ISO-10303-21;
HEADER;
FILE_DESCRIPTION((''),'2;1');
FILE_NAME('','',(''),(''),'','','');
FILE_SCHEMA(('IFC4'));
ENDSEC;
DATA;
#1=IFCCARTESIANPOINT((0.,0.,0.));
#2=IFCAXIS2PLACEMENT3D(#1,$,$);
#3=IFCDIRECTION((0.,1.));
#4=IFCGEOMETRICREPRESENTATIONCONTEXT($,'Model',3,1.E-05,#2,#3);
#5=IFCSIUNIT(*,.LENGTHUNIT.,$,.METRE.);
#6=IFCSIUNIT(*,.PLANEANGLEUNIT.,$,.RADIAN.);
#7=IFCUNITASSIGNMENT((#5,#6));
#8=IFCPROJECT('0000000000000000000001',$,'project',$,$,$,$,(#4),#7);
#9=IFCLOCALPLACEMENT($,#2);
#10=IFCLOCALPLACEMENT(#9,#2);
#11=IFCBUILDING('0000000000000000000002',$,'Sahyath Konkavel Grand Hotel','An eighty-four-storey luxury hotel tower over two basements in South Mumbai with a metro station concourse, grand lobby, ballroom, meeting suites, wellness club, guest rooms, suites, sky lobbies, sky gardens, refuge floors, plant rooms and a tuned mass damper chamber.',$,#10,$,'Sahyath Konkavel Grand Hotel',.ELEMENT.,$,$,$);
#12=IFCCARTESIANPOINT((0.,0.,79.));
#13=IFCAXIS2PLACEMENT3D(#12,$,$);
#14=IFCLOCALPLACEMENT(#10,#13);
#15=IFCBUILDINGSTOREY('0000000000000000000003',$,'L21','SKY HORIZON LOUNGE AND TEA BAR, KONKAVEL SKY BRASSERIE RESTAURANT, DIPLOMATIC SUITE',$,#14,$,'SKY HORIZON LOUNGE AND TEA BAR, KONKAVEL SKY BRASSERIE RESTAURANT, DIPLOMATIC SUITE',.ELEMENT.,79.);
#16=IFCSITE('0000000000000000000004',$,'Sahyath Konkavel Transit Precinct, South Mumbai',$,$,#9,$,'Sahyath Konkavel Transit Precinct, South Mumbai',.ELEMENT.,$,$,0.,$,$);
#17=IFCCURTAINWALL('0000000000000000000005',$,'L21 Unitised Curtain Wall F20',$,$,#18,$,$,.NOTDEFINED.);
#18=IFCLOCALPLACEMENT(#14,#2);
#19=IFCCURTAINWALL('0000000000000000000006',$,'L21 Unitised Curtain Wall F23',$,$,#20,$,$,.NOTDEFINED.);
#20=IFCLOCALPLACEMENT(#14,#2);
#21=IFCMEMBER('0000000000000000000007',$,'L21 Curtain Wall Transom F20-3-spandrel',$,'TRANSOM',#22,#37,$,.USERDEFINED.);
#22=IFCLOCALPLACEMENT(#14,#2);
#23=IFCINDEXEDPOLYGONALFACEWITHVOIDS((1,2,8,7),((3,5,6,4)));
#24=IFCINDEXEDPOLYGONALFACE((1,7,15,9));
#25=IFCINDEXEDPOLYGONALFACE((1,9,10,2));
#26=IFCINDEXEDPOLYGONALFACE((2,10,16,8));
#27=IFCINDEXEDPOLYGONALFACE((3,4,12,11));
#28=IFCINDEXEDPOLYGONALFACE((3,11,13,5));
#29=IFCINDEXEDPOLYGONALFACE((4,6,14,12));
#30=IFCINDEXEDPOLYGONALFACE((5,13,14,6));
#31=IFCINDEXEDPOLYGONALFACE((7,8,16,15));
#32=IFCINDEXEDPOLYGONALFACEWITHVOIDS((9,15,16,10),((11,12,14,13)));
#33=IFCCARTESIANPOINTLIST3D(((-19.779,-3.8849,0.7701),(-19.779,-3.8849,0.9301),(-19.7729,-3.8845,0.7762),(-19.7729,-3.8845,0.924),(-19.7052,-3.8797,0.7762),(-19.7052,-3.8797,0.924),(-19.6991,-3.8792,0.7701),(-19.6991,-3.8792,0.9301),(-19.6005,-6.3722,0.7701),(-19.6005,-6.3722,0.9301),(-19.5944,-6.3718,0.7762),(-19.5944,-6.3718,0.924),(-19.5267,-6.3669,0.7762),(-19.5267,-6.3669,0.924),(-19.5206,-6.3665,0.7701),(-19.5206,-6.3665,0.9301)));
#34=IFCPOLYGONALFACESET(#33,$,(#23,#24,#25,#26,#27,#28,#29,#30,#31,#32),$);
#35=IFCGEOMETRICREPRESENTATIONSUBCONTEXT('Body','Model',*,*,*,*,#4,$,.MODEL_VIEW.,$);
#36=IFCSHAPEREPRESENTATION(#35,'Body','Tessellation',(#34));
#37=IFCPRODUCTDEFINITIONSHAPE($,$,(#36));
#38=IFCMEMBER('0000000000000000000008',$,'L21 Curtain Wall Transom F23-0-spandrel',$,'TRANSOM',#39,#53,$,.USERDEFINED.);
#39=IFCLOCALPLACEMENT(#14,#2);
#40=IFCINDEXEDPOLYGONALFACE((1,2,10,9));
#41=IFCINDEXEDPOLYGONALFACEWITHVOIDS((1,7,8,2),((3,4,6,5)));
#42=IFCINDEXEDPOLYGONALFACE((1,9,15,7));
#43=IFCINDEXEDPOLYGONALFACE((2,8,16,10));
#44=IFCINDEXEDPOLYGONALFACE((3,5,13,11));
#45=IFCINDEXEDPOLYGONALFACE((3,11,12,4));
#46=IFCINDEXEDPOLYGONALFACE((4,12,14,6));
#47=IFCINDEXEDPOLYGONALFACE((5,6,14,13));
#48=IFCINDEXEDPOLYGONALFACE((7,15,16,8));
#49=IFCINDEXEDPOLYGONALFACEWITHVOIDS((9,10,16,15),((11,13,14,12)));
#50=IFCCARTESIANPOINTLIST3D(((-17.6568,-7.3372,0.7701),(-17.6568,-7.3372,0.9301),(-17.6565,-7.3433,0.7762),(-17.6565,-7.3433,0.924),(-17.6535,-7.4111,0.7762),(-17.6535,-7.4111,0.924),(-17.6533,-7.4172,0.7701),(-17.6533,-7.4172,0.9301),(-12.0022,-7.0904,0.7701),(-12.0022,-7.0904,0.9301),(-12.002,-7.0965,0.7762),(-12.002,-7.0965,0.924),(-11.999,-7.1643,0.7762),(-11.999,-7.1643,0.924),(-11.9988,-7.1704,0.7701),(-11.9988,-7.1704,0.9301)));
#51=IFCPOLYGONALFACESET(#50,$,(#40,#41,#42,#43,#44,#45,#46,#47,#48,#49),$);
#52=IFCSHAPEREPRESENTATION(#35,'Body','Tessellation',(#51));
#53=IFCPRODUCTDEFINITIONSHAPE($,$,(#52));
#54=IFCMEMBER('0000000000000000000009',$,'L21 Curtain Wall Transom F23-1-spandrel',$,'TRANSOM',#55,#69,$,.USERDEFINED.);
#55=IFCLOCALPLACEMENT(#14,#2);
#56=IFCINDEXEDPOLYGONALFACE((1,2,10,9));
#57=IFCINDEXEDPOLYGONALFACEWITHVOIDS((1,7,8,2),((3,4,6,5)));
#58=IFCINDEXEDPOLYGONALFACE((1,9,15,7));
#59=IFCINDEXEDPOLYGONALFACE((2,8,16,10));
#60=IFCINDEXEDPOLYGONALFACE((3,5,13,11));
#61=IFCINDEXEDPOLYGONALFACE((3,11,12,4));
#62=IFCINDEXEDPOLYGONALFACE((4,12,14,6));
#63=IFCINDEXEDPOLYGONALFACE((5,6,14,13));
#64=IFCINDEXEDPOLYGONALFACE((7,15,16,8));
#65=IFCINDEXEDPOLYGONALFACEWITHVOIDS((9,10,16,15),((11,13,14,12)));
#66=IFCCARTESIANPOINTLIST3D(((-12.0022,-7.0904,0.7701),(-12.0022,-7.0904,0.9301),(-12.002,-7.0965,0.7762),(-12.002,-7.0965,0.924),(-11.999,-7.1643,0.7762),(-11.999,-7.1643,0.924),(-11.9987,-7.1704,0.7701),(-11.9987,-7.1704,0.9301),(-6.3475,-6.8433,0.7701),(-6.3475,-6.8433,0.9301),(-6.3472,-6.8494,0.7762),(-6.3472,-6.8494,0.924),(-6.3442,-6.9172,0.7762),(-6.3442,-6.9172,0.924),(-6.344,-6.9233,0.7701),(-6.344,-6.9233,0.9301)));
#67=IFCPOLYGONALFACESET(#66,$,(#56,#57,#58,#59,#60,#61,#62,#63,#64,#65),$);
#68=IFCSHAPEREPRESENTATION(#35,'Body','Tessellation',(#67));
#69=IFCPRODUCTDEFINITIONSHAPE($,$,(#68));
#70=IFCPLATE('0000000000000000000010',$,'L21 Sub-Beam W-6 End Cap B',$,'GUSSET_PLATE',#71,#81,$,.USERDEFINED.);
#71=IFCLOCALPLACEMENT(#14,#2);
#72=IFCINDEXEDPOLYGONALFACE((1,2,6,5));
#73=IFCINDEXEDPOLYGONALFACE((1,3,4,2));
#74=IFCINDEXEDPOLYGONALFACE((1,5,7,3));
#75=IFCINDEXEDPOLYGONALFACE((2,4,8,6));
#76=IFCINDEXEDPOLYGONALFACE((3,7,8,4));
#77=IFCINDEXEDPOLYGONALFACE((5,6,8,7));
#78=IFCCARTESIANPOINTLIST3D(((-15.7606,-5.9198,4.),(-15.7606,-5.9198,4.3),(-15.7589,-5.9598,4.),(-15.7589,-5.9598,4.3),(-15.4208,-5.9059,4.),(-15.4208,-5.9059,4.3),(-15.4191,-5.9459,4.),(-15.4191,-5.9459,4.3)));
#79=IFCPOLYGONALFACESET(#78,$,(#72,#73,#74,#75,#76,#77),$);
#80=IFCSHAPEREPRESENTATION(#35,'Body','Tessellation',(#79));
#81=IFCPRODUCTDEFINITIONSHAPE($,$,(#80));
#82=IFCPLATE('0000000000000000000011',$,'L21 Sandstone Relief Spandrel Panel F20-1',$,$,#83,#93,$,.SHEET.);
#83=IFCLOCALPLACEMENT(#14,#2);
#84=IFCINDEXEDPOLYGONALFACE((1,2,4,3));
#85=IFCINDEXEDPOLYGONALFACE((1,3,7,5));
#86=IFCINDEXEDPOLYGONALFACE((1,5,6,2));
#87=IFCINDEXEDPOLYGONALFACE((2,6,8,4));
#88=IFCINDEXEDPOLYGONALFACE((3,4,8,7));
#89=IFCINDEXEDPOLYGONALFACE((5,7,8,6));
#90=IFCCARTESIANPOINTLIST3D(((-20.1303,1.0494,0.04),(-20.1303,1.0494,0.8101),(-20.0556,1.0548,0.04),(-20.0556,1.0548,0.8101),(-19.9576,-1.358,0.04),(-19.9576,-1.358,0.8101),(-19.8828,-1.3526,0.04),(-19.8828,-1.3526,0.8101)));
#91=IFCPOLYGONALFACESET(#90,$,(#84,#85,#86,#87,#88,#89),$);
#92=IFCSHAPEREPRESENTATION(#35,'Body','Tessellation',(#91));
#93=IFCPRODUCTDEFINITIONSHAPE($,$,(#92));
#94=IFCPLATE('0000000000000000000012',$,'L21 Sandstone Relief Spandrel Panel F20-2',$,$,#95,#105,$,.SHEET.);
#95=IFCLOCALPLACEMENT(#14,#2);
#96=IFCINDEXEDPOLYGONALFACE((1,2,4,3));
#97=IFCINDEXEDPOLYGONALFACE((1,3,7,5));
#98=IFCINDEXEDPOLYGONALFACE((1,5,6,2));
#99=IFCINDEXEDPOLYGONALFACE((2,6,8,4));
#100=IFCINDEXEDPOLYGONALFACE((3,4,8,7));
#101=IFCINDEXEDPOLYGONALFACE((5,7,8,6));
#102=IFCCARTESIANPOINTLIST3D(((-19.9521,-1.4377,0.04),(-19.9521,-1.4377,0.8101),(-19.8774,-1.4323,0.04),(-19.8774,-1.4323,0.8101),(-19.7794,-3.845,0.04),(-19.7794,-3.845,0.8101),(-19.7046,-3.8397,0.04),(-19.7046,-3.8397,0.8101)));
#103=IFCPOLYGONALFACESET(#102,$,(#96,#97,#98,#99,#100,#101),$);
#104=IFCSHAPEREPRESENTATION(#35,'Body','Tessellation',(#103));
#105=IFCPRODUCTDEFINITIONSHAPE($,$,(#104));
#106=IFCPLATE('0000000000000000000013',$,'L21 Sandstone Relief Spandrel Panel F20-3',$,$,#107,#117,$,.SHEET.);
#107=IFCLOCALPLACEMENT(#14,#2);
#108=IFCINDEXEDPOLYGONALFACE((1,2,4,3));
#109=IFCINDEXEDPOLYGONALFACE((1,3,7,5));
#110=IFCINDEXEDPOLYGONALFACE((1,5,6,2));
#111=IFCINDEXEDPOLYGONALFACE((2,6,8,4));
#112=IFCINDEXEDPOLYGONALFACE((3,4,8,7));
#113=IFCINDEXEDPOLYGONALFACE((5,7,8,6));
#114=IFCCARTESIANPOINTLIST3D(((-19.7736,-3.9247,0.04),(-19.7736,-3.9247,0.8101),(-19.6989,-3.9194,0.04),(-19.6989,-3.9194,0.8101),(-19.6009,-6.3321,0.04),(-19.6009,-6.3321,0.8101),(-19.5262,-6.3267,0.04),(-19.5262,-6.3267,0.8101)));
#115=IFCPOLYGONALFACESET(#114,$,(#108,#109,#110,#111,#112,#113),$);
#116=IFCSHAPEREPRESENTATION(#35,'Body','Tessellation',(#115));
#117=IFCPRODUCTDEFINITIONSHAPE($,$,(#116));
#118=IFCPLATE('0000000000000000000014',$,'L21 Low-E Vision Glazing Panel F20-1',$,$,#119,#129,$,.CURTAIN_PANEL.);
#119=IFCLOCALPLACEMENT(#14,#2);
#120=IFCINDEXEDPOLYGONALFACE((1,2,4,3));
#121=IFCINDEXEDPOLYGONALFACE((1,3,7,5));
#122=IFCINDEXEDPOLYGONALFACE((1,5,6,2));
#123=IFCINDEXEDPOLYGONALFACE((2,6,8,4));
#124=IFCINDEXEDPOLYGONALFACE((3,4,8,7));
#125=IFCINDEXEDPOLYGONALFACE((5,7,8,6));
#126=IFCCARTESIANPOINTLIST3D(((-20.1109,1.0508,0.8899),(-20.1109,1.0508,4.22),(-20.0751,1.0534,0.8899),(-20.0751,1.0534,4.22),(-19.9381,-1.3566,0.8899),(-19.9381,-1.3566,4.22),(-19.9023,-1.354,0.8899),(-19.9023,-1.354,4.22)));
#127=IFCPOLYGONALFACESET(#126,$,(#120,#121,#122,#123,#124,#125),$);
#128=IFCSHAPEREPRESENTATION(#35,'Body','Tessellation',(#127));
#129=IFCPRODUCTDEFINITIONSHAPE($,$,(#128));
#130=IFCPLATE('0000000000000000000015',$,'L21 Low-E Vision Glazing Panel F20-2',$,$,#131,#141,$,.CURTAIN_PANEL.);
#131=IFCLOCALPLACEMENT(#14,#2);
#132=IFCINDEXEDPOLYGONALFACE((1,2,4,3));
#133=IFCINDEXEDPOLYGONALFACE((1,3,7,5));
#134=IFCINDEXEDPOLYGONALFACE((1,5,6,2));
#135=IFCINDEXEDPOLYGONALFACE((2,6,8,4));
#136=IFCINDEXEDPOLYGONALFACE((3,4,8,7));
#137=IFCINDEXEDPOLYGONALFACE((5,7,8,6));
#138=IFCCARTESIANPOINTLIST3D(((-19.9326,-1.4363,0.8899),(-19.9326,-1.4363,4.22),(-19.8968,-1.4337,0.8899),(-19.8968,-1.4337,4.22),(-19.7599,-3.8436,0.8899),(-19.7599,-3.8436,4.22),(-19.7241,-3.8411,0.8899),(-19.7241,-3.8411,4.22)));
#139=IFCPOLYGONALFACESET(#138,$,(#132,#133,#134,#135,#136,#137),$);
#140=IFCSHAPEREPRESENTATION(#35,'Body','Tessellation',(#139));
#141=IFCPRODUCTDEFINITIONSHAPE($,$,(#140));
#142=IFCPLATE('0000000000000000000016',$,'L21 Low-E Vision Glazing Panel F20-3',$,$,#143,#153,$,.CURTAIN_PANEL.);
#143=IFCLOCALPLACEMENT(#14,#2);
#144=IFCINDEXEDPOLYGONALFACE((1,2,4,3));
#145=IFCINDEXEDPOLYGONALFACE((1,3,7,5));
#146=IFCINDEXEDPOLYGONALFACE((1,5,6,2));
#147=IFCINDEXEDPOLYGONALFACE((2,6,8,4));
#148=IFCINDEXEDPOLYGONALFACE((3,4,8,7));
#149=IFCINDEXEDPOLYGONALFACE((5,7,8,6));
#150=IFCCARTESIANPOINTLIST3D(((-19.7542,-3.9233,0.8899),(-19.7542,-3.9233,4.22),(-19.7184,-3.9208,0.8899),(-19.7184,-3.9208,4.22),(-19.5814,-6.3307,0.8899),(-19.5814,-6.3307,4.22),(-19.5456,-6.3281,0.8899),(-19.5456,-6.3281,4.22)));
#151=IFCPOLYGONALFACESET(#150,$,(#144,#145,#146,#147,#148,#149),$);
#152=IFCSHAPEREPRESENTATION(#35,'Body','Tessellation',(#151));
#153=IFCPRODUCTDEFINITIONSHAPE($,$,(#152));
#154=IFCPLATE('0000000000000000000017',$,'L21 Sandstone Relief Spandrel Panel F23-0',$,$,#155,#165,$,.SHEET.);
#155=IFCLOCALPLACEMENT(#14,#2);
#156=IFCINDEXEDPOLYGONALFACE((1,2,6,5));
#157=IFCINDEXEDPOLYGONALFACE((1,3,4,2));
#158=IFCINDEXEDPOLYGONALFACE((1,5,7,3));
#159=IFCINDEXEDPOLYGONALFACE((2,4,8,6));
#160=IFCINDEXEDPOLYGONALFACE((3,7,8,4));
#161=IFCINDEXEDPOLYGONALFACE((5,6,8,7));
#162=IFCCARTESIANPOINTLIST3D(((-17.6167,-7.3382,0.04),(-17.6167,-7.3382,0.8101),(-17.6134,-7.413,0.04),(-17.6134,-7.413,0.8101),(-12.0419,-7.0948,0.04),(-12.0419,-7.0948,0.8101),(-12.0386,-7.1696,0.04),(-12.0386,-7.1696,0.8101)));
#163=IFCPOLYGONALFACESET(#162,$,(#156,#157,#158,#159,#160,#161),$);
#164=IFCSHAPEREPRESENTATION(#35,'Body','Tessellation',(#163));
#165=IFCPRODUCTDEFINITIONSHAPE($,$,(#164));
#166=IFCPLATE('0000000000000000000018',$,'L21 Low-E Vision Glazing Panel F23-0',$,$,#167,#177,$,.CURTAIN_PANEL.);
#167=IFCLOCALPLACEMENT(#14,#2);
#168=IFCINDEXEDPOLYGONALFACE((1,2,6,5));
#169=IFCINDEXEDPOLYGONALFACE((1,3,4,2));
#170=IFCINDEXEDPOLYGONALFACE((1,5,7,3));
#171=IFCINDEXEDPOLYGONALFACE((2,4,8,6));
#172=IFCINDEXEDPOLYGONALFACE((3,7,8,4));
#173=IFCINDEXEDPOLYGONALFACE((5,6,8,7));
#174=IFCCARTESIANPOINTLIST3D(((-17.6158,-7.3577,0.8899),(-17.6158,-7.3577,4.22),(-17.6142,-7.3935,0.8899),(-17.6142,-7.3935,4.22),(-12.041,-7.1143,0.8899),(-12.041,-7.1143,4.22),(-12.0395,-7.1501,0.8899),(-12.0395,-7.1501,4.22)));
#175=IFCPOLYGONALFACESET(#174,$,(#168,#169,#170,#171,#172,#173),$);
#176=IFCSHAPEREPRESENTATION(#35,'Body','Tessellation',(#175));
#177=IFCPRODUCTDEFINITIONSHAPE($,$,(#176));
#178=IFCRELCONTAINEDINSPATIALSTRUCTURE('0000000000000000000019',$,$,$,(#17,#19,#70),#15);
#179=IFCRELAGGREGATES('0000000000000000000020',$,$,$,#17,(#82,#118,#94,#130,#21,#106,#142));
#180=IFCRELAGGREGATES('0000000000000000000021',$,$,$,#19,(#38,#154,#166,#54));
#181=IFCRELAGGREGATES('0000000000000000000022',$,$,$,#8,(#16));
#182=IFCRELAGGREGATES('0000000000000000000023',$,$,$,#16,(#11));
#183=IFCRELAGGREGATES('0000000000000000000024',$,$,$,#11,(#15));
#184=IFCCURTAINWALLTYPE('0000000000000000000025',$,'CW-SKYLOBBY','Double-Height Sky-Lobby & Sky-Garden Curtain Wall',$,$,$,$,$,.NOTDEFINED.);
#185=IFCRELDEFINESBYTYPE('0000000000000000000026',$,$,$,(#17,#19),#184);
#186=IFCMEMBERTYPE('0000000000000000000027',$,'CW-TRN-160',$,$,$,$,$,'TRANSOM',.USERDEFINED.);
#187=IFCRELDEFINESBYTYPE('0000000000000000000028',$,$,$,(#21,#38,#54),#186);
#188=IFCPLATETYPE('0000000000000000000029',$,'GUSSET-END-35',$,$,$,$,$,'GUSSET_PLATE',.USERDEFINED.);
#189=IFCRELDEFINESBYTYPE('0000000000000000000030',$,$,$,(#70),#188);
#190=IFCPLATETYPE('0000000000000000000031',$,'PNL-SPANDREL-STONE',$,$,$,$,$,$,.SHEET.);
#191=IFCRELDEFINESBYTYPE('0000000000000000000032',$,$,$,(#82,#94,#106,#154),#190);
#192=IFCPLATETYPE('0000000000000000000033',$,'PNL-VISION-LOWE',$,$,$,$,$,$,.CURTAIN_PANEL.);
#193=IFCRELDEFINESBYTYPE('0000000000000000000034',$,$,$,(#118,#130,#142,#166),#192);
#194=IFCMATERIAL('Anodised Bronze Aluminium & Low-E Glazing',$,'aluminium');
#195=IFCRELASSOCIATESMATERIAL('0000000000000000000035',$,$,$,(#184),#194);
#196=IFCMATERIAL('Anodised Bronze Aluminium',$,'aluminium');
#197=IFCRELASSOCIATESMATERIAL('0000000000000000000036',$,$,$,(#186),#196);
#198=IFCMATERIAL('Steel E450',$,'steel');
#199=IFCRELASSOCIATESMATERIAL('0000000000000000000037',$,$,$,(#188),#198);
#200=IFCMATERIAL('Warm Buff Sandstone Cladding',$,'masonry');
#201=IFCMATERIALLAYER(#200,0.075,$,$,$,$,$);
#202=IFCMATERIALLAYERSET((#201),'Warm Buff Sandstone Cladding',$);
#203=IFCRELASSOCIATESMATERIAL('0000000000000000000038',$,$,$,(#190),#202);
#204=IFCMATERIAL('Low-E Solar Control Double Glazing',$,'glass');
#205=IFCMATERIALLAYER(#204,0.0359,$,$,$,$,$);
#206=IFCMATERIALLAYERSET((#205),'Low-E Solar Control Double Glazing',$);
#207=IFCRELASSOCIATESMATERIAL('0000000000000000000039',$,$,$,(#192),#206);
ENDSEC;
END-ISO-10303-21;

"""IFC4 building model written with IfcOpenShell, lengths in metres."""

from ifc_helpers import new_model, si_unit, direction, frame, origin, origin_2d, place, context, subcontext, project, spatial, rectangle, hollow_rectangle, extrude, source, transform, mapped, material, layer, layer_set, material_profile, profile_set, type_object, element, aggregate, save


model = new_model("IFC4")

# Units and contexts
model_context = context("Model", 3, precision=1e-05, world=origin(), true_north=direction((0.0, 1.0)))
body_context = subcontext(model_context, "Body", "Model", "MODEL_VIEW")
ifc_project = project(units=[si_unit("LENGTHUNIT", "METRE"), si_unit("PLANEANGLEUNIT", "RADIAN")], contexts=[model_context])

# Site, building, storey
site_placement = place(None, origin())
site = spatial("IfcSite", under=ifc_project, at=site_placement, Name="Sahyath Konkavel Transit Precinct, South Mumbai", LongName="Sahyath Konkavel Transit Precinct, South Mumbai", CompositionType="ELEMENT", RefElevation=0.0)
building_placement = place(site_placement, origin())
building = spatial("IfcBuilding", under=site, at=building_placement, Name="Sahyath Konkavel Grand Hotel", Description="An eighty-four-storey luxury hotel tower over two basements in South Mumbai with a metro station concourse, grand lobby, ballroom, meeting suites, wellness club, guest rooms, suites, sky lobbies, sky gardens, refuge floors, plant rooms and a tuned mass damper chamber.", LongName="Sahyath Konkavel Grand Hotel", CompositionType="ELEMENT")
storey_placement = place(building_placement, frame((0.0, 0.0, 79.0)))
storey = spatial("IfcBuildingStorey", under=building, at=storey_placement, Name="L21", Description="SKY HORIZON LOUNGE AND TEA BAR, KONKAVEL SKY BRASSERIE RESTAURANT, DIPLOMATIC SUITE", LongName="SKY HORIZON LOUNGE AND TEA BAR, KONKAVEL SKY BRASSERIE RESTAURANT, DIPLOMATIC SUITE", CompositionType="ELEMENT", Elevation=79.0)

# Curtain walls
ifc_material_1 = material(Name="Anodised Bronze Aluminium & Low-E Glazing", Category="aluminium")
curtain_wall_type = type_object("IfcCurtainWallType", Name="CW-SKYLOBBY", Description="Double-Height Sky-Lobby & Sky-Garden Curtain Wall", PredefinedType="NOTDEFINED", material=ifc_material_1)
curtain_wall_1_placement = place(storey_placement, origin())
curtain_wall_1 = element("IfcCurtainWall", 1, at=curtain_wall_1_placement, inside=storey, type_object=curtain_wall_type, Name="L21 Unitised Curtain Wall F20", PredefinedType="NOTDEFINED")
ifc_material_2 = material(Name="Anodised Bronze Aluminium", Category="aluminium")
curtain_wall_2_placement = place(storey_placement, origin())
curtain_wall_2 = element("IfcCurtainWall", 2, at=curtain_wall_2_placement, inside=storey, type_object=curtain_wall_type, Name="L21 Unitised Curtain Wall F23", PredefinedType="NOTDEFINED")

# Members
ifc_material_profile_1 = material_profile(ifc_material_2, hollow_rectangle(XDim=0.0801, YDim=0.1599, WallThickness=0.0061, at=origin_2d()), Name="RHS 160x80x6")
ifc_profile_set_1 = profile_set([ifc_material_profile_1], Name="Anodised Bronze Aluminium")
member_type_1 = type_object("IfcMemberType", Name="CW-TRN-160", ElementType="TRANSOM", PredefinedType="USERDEFINED", material=ifc_profile_set_1)
shared_shape_1 = source(origin(), body_context, "Body", "SweptSolid", [
    extrude(hollow_rectangle(XDim=0.0801, YDim=0.1599, WallThickness=0.0061, at=origin_2d()), origin(), (0.0, 0.0, 1.0), 2.4937),
])
member_1_placement = place(storey_placement, frame((-19.739, -3.8821, 0.8501), z_axis=(0.071567, -0.997436, 0.0), x_axis=(0.997436, 0.071567, 0.0)))
member_1 = element("IfcMember", 3, at=member_1_placement, type_object=member_type_1, Name="L21 Curtain Wall Transom F20-3-spandrel", ObjectType="TRANSOM", PredefinedType="USERDEFINED", context=body_context, shape_type="MappedRepresentation", body=[
    mapped(shared_shape_1, transform((0.0, 0.0, 0.0), scale=1.0)),
])
shared_shape_2 = source(origin(), body_context, "Body", "SweptSolid", [
    extrude(hollow_rectangle(XDim=0.0801, YDim=0.1599, WallThickness=0.0061, at=origin_2d()), origin(), (0.0, 0.0, 1.0), 5.6599),
])
member_2_placement = place(storey_placement, frame((-17.655, -7.3772, 0.8501), z_axis=(0.999049, 0.043609, 0.0), x_axis=(-0.043609, 0.999049, 0.0)))
member_2 = element("IfcMember", 4, at=member_2_placement, type_object=member_type_1, Name="L21 Curtain Wall Transom F23-0-spandrel", ObjectType="TRANSOM", PredefinedType="USERDEFINED", context=body_context, shape_type="MappedRepresentation", body=[
    mapped(shared_shape_2, transform((0.0, 0.0, 0.0), scale=1.0)),
])
shared_shape_3 = source(origin(), body_context, "Body", "SweptSolid", [
    extrude(hollow_rectangle(XDim=0.0801, YDim=0.1599, WallThickness=0.0061, at=origin_2d()), origin(), (0.0, 0.0, 1.0), 5.6602),
])
member_3_placement = place(storey_placement, frame((-12.0005, -7.1304, 0.8501), z_axis=(0.999047, 0.043651, 0.0), x_axis=(-0.043651, 0.999047, 0.0)))
member_3 = element("IfcMember", 5, at=member_3_placement, type_object=member_type_1, Name="L21 Curtain Wall Transom F23-1-spandrel", ObjectType="TRANSOM", PredefinedType="USERDEFINED", context=body_context, shape_type="MappedRepresentation", body=[
    mapped(shared_shape_3, transform((0.0, 0.0, 0.0), scale=1.0)),
])

# Plates
ifc_material_3 = material(Name="Steel E450", Category="steel")
plate_type_1 = type_object("IfcPlateType", Name="GUSSET-END-35", ElementType="GUSSET_PLATE", PredefinedType="USERDEFINED", material=ifc_material_3)
shared_shape_4 = source(origin(), body_context, "Body", "SweptSolid", [
    extrude(rectangle(XDim=0.04, YDim=0.3401, at=origin_2d()), origin(), (0.0, 0.0, 1.0), 0.3),
])
plate_1_placement = place(storey_placement, frame((-15.5898, -5.9329, 4.0), z_axis=(0.0, 0.0, 1.0), x_axis=(0.040864, -0.999165, 0.0)))
element("IfcPlate", 6, at=plate_1_placement, inside=storey, type_object=plate_type_1, Name="L21 Sub-Beam W-6 End Cap B", ObjectType="GUSSET_PLATE", PredefinedType="USERDEFINED", context=body_context, shape_type="MappedRepresentation", body=[
    mapped(shared_shape_4, transform((0.0, 0.0, 0.0), scale=1.0)),
])
ifc_material_4 = material(Name="Warm Buff Sandstone Cladding", Category="masonry")
ifc_layer_1 = layer(ifc_material_4, 0.075)
ifc_layer_set_1 = layer_set([ifc_layer_1], Name="Warm Buff Sandstone Cladding")
plate_type_2 = type_object("IfcPlateType", Name="PNL-SPANDREL-STONE", PredefinedType="SHEET", material=ifc_layer_set_1)
shared_shape_5 = source(origin(), body_context, "Body", "SweptSolid", [
    extrude(rectangle(XDim=2.4136, YDim=0.075, at=origin_2d()), origin(), (0.0, 0.0, 1.0), 0.77),
])
plate_2_placement = place(storey_placement, frame((-20.0066, -0.1516, 0.04), z_axis=(0.0, 0.0, 1.0), x_axis=(0.071567, -0.997436, 0.0)))
plate_2 = element("IfcPlate", 7, at=plate_2_placement, type_object=plate_type_2, Name="L21 Sandstone Relief Spandrel Panel F20-1", PredefinedType="SHEET", context=body_context, shape_type="MappedRepresentation", body=[
    mapped(shared_shape_5, transform((0.0, 0.0, 0.0), scale=1.0)),
])
plate_3_placement = place(storey_placement, frame((-19.8284, -2.6387, 0.04), z_axis=(0.0, 0.0, 1.0), x_axis=(0.071567, -0.997436, 0.0)))
plate_3 = element("IfcPlate", 8, at=plate_3_placement, type_object=plate_type_2, Name="L21 Sandstone Relief Spandrel Panel F20-2", PredefinedType="SHEET", context=body_context, shape_type="MappedRepresentation", body=[
    mapped(shared_shape_5, transform((0.0, 0.0, 0.0), scale=1.0)),
])
plate_4_placement = place(storey_placement, frame((-19.6499, -5.1257, 0.04), z_axis=(0.0, 0.0, 1.0), x_axis=(0.071567, -0.997436, 0.0)))
plate_4 = element("IfcPlate", 9, at=plate_4_placement, type_object=plate_type_2, Name="L21 Sandstone Relief Spandrel Panel F20-3", PredefinedType="SHEET", context=body_context, shape_type="MappedRepresentation", body=[
    mapped(shared_shape_5, transform((0.0, 0.0, 0.0), scale=1.0)),
])
ifc_material_5 = material(Name="Low-E Solar Control Double Glazing", Category="glass")
ifc_layer_2 = layer(ifc_material_5, 0.0359)
ifc_layer_set_2 = layer_set([ifc_layer_2], Name="Low-E Solar Control Double Glazing")
plate_type_3 = type_object("IfcPlateType", Name="PNL-VISION-LOWE", PredefinedType="CURTAIN_PANEL", material=ifc_layer_set_2)
shared_shape_6 = source(origin(), body_context, "Body", "SweptSolid", [
    extrude(rectangle(XDim=2.4136, YDim=0.0359, at=origin_2d()), origin(), (0.0, 0.0, 1.0), 3.3301),
])
plate_5_placement = place(storey_placement, frame((-20.0066, -0.1516, 0.8899), z_axis=(0.0, 0.0, 1.0), x_axis=(0.071567, -0.997436, 0.0)))
plate_5 = element("IfcPlate", 10, at=plate_5_placement, type_object=plate_type_3, Name="L21 Low-E Vision Glazing Panel F20-1", PredefinedType="CURTAIN_PANEL", context=body_context, shape_type="MappedRepresentation", body=[
    mapped(shared_shape_6, transform((0.0, 0.0, 0.0), scale=1.0)),
])
plate_6_placement = place(storey_placement, frame((-19.8284, -2.6387, 0.8899), z_axis=(0.0, 0.0, 1.0), x_axis=(0.071567, -0.997436, 0.0)))
plate_6 = element("IfcPlate", 11, at=plate_6_placement, type_object=plate_type_3, Name="L21 Low-E Vision Glazing Panel F20-2", PredefinedType="CURTAIN_PANEL", context=body_context, shape_type="MappedRepresentation", body=[
    mapped(shared_shape_6, transform((0.0, 0.0, 0.0), scale=1.0)),
])
plate_7_placement = place(storey_placement, frame((-19.6499, -5.1257, 0.8899), z_axis=(0.0, 0.0, 1.0), x_axis=(0.071567, -0.997436, 0.0)))
plate_7 = element("IfcPlate", 12, at=plate_7_placement, type_object=plate_type_3, Name="L21 Low-E Vision Glazing Panel F20-3", PredefinedType="CURTAIN_PANEL", context=body_context, shape_type="MappedRepresentation", body=[
    mapped(shared_shape_6, transform((0.0, 0.0, 0.0), scale=1.0)),
])
aggregate(curtain_wall_1, [plate_2, plate_5, plate_3, plate_6, member_1, plate_4, plate_7])
shared_shape_7 = source(origin(), body_context, "Body", "SweptSolid", [
    extrude(rectangle(XDim=5.5801, YDim=0.075, at=origin_2d()), origin(), (0.0, 0.0, 1.0), 0.77),
])
plate_8_placement = place(storey_placement, frame((-14.8276, -7.2539, 0.04), z_axis=(0.0, 0.0, 1.0), x_axis=(0.999048, 0.043619, 0.0)))
plate_8 = element("IfcPlate", 13, at=plate_8_placement, type_object=plate_type_2, Name="L21 Sandstone Relief Spandrel Panel F23-0", PredefinedType="SHEET", context=body_context, shape_type="MappedRepresentation", body=[
    mapped(shared_shape_7, transform((0.0, 0.0, 0.0), scale=1.0)),
])
shared_shape_8 = source(origin(), body_context, "Body", "SweptSolid", [
    extrude(rectangle(XDim=5.5801, YDim=0.0359, at=origin_2d()), origin(), (0.0, 0.0, 1.0), 3.3301),
])
plate_9_placement = place(storey_placement, frame((-14.8276, -7.2539, 0.8899), z_axis=(0.0, 0.0, 1.0), x_axis=(0.999048, 0.043619, 0.0)))
plate_9 = element("IfcPlate", 14, at=plate_9_placement, type_object=plate_type_3, Name="L21 Low-E Vision Glazing Panel F23-0", PredefinedType="CURTAIN_PANEL", context=body_context, shape_type="MappedRepresentation", body=[
    mapped(shared_shape_8, transform((0.0, 0.0, 0.0), scale=1.0)),
])
aggregate(curtain_wall_2, [member_2, plate_8, plate_9, member_3])

save(model, "model.ifc")
